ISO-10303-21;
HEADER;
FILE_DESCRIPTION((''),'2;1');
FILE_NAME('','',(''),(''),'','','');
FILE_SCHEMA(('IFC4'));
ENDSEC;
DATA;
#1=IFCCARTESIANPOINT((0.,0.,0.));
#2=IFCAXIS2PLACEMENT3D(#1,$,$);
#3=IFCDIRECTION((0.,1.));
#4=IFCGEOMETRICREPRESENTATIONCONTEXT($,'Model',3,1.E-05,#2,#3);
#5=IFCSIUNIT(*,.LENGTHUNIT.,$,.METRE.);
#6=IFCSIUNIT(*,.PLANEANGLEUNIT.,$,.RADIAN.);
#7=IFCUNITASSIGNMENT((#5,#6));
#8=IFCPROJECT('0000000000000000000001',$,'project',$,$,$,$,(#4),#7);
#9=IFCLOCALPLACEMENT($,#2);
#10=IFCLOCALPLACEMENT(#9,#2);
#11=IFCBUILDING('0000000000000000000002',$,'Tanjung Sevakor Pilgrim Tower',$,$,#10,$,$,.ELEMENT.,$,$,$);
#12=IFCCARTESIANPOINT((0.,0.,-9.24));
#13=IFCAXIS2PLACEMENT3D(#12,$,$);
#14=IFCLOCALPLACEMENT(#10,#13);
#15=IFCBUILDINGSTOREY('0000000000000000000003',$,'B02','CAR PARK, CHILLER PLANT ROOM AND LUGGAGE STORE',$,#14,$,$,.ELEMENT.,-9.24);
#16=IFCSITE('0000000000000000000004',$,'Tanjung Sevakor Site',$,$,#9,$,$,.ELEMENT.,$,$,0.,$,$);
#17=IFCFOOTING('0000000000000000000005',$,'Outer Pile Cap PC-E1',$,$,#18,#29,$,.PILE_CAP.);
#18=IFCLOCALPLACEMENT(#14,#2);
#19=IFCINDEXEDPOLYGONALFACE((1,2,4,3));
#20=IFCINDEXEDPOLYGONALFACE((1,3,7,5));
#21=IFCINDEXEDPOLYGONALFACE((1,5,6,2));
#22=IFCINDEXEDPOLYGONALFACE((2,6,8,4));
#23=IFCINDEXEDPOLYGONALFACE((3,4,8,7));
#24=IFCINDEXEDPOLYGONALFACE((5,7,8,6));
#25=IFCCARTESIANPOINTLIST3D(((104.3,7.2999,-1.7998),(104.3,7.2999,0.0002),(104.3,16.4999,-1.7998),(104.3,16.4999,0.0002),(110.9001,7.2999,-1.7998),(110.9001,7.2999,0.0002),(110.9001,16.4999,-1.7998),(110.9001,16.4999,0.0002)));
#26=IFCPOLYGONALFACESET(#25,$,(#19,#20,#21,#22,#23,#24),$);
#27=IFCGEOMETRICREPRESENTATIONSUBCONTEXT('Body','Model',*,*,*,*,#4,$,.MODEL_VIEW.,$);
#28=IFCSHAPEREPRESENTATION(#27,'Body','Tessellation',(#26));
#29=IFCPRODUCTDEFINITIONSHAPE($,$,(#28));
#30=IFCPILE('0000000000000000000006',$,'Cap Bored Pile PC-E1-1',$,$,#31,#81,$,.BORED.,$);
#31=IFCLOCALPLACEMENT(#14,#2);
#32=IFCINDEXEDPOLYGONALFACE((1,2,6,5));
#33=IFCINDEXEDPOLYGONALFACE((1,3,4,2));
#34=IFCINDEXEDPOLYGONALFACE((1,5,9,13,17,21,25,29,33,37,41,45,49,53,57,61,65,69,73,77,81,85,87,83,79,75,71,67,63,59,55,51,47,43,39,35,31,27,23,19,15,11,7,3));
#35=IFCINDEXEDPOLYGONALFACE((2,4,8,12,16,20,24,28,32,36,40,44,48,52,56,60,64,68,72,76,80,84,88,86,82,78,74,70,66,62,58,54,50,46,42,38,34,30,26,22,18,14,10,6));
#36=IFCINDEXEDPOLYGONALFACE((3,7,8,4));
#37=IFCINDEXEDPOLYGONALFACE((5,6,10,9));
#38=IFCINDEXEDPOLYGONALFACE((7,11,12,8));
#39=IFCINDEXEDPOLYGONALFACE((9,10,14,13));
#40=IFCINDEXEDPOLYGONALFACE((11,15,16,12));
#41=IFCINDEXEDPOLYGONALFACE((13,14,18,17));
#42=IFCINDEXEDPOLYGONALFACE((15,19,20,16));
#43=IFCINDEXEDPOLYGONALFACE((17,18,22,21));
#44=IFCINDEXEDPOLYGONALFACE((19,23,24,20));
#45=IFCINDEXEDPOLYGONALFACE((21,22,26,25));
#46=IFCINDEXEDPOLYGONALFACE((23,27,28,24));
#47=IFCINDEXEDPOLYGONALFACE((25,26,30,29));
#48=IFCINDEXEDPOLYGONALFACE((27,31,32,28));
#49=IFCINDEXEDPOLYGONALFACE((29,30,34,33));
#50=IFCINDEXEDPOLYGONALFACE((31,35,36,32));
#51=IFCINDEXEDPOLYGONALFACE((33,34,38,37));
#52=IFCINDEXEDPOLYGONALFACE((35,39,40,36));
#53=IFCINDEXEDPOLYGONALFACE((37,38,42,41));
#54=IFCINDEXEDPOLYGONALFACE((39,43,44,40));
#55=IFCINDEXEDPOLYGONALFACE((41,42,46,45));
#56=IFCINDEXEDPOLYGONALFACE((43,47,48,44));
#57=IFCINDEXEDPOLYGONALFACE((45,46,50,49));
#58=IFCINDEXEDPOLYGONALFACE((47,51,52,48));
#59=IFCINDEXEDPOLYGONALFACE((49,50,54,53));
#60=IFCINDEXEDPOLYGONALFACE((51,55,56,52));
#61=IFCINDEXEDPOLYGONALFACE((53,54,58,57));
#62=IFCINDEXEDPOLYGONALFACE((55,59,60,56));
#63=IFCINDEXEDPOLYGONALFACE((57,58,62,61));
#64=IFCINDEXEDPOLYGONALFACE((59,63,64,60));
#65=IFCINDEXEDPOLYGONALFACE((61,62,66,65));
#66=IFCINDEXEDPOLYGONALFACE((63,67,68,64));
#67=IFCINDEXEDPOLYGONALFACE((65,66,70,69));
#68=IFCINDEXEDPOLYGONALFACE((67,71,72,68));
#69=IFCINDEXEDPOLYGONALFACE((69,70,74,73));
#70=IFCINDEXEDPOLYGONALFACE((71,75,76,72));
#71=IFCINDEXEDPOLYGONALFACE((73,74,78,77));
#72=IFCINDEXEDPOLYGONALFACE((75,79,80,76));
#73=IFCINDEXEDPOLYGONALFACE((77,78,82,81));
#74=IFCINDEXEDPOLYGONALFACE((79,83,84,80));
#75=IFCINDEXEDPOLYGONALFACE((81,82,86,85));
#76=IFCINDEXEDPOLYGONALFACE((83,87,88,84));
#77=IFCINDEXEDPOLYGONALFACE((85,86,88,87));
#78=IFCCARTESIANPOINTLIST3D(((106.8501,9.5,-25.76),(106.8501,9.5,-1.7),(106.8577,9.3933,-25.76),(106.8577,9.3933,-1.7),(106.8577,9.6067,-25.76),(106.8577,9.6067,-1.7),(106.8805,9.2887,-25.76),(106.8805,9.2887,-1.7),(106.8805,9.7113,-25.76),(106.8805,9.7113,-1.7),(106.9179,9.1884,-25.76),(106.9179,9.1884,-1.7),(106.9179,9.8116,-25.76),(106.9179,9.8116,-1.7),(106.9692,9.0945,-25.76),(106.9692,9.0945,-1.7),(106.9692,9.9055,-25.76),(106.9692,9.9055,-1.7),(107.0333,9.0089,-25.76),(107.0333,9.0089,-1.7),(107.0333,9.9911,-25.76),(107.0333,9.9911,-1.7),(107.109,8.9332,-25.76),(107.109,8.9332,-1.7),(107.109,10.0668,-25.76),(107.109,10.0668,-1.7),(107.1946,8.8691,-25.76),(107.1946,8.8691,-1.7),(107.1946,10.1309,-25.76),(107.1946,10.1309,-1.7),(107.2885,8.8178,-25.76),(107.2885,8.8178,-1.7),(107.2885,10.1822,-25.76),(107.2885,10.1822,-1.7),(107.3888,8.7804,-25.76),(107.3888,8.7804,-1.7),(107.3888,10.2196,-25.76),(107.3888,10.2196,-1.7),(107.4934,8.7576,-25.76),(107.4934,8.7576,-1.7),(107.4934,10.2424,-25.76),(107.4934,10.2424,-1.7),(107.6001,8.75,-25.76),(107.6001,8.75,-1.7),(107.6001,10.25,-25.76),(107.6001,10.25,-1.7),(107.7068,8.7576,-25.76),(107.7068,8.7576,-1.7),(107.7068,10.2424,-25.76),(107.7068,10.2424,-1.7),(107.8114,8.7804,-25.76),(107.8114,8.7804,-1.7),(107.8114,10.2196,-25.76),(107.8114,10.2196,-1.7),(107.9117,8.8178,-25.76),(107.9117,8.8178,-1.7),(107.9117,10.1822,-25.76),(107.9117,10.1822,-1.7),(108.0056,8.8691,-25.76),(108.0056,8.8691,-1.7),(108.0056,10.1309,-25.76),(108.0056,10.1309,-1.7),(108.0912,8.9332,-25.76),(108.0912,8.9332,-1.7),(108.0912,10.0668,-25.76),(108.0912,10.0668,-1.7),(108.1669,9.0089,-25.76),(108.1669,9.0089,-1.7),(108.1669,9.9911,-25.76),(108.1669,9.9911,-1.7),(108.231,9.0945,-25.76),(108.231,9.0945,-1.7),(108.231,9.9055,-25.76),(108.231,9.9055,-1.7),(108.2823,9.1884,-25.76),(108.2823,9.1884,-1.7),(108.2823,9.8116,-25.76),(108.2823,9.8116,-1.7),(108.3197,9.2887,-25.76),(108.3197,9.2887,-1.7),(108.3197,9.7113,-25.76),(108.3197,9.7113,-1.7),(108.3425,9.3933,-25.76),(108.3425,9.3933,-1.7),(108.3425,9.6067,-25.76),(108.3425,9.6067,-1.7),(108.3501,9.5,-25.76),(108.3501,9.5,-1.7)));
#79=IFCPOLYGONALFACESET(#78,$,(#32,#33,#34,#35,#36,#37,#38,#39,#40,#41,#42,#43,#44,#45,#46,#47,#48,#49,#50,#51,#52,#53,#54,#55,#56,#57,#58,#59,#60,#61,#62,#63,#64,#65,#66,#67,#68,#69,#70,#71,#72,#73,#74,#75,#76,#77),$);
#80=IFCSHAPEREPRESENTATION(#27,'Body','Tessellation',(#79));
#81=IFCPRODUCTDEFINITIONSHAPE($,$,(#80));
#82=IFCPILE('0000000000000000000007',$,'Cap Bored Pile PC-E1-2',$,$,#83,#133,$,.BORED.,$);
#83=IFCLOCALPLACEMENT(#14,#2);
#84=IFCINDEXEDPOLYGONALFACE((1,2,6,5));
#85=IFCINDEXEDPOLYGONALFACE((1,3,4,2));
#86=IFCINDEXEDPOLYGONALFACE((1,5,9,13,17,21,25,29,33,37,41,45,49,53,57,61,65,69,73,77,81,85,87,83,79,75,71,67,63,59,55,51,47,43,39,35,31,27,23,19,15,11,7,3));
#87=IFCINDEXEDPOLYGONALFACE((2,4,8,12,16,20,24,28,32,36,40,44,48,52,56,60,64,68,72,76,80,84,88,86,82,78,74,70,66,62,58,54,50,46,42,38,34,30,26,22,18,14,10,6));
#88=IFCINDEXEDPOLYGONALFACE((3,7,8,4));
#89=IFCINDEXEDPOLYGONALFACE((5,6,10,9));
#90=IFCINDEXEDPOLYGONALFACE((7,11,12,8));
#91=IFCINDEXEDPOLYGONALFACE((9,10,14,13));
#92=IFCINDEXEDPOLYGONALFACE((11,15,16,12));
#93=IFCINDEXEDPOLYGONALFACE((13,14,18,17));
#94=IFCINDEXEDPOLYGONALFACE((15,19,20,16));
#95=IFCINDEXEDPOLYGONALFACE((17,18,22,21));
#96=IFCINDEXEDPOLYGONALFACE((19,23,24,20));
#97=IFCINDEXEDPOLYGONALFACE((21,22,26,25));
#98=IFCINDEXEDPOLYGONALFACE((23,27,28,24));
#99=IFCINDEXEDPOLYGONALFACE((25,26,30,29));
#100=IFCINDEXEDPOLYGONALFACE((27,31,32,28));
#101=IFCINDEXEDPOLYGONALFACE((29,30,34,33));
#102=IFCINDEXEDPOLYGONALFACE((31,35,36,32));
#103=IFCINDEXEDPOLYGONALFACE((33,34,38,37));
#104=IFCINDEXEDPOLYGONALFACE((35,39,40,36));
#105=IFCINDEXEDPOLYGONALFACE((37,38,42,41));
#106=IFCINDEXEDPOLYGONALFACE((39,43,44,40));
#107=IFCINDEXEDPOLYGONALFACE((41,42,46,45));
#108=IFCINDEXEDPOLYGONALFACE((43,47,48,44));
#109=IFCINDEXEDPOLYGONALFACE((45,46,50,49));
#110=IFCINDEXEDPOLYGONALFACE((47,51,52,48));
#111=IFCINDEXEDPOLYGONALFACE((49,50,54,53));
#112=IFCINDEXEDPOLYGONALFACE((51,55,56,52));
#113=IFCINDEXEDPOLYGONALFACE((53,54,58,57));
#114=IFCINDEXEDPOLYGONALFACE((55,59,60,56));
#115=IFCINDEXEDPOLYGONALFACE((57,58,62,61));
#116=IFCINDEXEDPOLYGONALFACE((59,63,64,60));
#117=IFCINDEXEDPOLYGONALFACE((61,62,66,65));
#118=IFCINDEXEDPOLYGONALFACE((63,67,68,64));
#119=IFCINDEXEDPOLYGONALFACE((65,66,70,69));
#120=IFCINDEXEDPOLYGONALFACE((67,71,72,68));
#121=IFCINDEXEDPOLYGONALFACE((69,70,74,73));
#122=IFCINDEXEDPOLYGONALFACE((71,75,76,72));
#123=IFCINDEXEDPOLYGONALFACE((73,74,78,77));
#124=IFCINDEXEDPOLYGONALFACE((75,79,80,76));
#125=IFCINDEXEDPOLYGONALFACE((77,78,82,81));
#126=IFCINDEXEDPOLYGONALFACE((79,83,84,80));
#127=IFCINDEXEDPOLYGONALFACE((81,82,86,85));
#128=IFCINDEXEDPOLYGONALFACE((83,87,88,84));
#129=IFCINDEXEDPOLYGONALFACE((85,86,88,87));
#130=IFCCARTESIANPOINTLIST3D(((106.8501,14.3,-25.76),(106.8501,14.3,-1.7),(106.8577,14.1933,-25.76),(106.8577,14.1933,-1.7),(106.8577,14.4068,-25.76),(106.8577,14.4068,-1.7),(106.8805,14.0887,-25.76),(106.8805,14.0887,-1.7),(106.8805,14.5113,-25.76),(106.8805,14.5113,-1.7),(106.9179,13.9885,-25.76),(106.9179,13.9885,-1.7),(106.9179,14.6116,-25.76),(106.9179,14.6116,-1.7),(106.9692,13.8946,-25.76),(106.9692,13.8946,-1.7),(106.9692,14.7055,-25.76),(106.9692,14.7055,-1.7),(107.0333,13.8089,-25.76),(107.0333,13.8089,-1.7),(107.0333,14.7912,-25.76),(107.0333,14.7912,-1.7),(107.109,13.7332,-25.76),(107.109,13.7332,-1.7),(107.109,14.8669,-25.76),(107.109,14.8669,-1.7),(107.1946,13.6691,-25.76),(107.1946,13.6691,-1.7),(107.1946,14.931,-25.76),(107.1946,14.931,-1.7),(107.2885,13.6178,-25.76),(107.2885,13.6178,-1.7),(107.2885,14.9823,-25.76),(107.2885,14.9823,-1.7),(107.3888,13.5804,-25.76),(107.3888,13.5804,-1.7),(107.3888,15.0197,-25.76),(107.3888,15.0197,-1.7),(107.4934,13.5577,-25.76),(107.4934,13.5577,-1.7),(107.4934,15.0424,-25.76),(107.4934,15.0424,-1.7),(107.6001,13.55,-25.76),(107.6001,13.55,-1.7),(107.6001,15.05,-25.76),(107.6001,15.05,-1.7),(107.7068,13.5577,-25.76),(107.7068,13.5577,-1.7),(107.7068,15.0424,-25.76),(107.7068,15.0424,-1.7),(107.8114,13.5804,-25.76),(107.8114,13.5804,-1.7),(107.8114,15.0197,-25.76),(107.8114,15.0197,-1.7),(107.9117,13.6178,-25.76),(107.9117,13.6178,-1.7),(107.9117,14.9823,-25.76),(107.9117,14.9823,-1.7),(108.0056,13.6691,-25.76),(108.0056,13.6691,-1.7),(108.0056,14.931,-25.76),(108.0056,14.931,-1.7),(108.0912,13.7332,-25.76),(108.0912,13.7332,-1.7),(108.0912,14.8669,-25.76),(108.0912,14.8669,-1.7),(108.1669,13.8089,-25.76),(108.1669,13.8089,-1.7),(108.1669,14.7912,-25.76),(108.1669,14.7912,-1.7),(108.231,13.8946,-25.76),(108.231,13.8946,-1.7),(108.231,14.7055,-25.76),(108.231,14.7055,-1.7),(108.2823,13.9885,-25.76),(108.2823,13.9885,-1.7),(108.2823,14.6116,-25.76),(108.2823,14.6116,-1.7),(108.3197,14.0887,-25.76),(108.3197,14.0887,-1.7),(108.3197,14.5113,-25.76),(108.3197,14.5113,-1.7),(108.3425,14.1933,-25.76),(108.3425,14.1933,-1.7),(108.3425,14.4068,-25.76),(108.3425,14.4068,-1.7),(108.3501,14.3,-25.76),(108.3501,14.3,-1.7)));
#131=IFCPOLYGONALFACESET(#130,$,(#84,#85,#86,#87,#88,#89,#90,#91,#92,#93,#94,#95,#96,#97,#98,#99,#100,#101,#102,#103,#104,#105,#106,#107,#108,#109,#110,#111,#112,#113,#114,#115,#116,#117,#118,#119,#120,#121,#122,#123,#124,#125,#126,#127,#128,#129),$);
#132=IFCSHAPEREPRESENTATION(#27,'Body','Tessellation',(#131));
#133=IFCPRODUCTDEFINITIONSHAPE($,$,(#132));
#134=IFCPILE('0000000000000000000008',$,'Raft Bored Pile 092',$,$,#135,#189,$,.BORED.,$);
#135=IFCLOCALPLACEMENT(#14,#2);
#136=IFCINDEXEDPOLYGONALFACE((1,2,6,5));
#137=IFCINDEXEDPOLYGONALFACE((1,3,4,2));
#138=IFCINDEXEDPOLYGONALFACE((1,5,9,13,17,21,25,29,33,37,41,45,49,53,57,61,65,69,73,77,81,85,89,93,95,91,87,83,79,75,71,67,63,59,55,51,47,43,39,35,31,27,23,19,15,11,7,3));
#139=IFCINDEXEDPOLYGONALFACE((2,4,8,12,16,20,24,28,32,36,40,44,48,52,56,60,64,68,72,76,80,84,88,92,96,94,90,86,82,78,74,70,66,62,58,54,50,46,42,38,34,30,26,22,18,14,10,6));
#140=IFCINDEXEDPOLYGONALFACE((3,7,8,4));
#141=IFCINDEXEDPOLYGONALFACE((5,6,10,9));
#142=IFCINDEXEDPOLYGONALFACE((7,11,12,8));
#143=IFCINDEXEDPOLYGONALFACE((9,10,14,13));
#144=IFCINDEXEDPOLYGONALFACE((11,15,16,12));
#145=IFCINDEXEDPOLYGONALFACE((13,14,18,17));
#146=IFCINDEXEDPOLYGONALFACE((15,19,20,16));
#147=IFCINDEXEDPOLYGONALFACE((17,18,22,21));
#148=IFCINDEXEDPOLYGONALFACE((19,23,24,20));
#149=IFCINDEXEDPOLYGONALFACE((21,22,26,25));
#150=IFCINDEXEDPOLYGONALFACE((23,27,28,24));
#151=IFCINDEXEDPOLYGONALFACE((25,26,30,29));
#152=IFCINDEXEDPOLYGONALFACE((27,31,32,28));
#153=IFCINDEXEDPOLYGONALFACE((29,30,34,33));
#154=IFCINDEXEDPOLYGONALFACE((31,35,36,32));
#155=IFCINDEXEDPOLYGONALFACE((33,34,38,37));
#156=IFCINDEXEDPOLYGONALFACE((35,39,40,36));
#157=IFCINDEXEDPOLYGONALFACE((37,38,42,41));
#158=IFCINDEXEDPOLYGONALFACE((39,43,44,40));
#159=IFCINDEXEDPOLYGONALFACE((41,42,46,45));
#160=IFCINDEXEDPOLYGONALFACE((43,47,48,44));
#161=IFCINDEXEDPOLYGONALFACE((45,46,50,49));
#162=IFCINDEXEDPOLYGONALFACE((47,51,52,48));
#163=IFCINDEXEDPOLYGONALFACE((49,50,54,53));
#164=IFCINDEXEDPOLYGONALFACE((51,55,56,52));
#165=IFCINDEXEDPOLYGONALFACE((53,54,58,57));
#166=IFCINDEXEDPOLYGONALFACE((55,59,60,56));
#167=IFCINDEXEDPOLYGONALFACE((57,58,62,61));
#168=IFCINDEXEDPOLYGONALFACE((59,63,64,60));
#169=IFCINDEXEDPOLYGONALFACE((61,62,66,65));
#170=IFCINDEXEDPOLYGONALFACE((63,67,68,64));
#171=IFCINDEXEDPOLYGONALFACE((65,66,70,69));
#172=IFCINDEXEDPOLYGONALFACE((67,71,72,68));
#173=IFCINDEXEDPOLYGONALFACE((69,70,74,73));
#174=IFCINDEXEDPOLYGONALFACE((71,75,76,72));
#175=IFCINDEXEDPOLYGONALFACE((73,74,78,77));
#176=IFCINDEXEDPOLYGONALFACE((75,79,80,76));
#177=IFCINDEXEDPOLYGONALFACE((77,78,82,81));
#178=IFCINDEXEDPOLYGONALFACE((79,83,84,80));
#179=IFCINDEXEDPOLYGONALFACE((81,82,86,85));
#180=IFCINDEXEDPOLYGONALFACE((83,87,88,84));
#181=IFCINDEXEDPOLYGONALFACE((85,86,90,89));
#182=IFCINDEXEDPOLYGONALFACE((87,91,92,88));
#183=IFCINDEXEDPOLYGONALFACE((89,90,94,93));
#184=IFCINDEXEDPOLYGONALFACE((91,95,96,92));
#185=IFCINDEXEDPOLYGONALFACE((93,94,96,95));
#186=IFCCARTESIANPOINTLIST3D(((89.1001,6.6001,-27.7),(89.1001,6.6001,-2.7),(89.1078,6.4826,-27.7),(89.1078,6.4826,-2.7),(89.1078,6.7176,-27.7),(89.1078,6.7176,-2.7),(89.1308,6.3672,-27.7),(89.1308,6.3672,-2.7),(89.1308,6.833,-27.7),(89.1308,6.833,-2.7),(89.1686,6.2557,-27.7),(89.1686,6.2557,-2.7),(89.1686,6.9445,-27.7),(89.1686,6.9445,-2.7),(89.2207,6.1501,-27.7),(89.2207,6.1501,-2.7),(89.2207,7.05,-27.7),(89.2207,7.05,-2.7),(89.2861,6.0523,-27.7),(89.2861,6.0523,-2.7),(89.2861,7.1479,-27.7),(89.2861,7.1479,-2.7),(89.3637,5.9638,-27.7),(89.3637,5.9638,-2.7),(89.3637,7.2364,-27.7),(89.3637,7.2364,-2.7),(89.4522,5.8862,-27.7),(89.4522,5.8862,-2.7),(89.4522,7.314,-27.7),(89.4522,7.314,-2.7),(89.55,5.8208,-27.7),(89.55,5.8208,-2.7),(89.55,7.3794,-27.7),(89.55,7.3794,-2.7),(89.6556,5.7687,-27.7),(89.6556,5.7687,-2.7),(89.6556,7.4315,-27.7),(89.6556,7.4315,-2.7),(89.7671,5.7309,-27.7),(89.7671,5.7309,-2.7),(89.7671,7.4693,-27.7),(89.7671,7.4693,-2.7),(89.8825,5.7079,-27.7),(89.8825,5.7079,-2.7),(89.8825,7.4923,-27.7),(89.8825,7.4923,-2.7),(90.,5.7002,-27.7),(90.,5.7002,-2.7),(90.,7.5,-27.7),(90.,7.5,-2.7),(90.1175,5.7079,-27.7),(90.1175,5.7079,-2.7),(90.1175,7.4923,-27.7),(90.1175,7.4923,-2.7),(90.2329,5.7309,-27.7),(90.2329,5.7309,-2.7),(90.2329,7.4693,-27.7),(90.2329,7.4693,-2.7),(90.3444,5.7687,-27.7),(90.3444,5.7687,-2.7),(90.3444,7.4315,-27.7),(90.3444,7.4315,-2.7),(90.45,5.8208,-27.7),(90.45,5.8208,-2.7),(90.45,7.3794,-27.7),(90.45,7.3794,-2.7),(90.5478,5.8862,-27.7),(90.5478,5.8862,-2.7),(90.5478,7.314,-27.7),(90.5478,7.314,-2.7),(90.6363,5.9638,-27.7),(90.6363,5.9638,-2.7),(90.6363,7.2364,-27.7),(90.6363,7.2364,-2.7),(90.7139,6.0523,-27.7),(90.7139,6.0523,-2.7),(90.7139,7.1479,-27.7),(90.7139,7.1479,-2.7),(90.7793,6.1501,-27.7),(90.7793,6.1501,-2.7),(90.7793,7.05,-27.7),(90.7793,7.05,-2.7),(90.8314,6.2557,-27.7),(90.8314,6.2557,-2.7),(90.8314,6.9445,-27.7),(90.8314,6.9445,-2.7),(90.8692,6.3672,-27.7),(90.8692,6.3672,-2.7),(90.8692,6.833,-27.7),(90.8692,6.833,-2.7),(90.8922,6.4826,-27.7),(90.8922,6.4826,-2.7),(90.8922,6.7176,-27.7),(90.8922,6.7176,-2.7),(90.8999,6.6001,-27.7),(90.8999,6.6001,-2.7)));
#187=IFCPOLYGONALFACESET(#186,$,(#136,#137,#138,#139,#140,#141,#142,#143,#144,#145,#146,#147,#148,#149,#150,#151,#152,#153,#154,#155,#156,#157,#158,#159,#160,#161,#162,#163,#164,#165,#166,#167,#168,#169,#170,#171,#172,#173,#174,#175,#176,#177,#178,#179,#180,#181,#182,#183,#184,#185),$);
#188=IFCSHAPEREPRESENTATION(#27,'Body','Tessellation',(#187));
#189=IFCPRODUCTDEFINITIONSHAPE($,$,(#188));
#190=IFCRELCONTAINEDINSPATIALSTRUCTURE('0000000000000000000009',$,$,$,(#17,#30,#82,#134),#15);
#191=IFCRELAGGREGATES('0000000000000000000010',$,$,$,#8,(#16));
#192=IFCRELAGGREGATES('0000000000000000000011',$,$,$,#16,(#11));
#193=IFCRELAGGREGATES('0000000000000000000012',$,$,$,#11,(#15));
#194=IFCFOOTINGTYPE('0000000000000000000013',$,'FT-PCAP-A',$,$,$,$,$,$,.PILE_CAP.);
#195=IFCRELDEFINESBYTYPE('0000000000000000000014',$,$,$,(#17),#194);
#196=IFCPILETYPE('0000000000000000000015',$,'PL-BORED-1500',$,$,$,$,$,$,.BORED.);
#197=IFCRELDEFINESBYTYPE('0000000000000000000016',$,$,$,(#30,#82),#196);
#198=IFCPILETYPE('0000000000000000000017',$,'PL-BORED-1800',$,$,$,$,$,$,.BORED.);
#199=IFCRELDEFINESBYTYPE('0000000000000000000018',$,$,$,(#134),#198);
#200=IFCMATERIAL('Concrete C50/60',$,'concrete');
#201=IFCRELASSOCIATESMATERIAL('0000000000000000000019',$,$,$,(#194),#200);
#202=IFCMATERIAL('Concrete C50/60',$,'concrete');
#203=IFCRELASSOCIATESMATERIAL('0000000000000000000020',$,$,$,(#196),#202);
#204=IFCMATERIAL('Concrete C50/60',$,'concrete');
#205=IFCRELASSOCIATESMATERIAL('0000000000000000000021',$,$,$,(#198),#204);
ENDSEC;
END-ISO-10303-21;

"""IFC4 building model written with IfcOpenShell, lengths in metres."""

from ifc_helpers import new_model, si_unit, direction, frame, origin, origin_2d, place, context, subcontext, project, spatial, rectangle, circle, extrude, material, material_profile, profile_set, type_object, element, save


model = new_model("IFC4")

# Units and contexts
model_context = context("Model", 3, precision=1e-05, world=origin(), true_north=direction((0.0, 1.0)))
body_context = subcontext(model_context, "Body", "Model", "MODEL_VIEW")
ifc_project = project(units=[si_unit("LENGTHUNIT", "METRE"), si_unit("PLANEANGLEUNIT", "RADIAN")], contexts=[model_context])

# Site, building, storey
site_placement = place(None, origin())
site = spatial("IfcSite", under=ifc_project, at=site_placement, Name="Tanjung Sevakor Site", CompositionType="ELEMENT", RefElevation=0.0)
building_placement = place(site_placement, origin())
building = spatial("IfcBuilding", under=site, at=building_placement, Name="Tanjung Sevakor Pilgrim Tower", CompositionType="ELEMENT")
storey_placement = place(building_placement, frame((0.0, 0.0, -9.24)))
storey = spatial("IfcBuildingStorey", under=building, at=storey_placement, Name="B02", Description="CAR PARK, CHILLER PLANT ROOM AND LUGGAGE STORE", CompositionType="ELEMENT", Elevation=-9.24)

# Footing
ifc_material_1 = material(Name="Concrete C50/60", Category="concrete")
footing_type = type_object("IfcFootingType", Name="FT-PCAP-A", PredefinedType="PILE_CAP", material=ifc_material_1)
footing_placement = place(storey_placement, frame((107.6001, 11.8999, -1.7998), z_axis=(0.0, 0.0, 1.0), x_axis=(1.0, 0.0, 0.0)))
element("IfcFooting", 1, at=footing_placement, inside=storey, type_object=footing_type, Name="Outer Pile Cap PC-E1", PredefinedType="PILE_CAP", context=body_context, shape_type="SweptSolid", body=[
    extrude(rectangle(XDim=6.6001, YDim=9.2, at=origin_2d()), origin(), (0.0, 0.0, 1.0), 1.8),
])

# Piles
ifc_material_2 = material(Name="Concrete C50/60", Category="concrete")
ifc_material_profile_1 = material_profile(ifc_material_2, circle(Radius=0.75, at=origin_2d()))
ifc_profile_set_1 = profile_set([ifc_material_profile_1], Name="Concrete C50/60")
pile_type_1 = type_object("IfcPileType", Name="PL-BORED-1500", PredefinedType="BORED", material=ifc_profile_set_1)
for number, where, z_axis, x_axis, name in (
    (2, (107.6001, 9.5, -1.7), (0.0, 0.0, -1.0), (1.0, 0.0, 0.0), "Cap Bored Pile PC-E1-1"),
    (3, (107.6001, 14.3, -1.7), (0.0, 0.0, -1.0), (1.0, 0.0, 0.0), "Cap Bored Pile PC-E1-2"),
):
    element("IfcPile", number, at=place(storey_placement, frame(where, z_axis=z_axis, x_axis=x_axis)), inside=storey, type_object=pile_type_1, Name=name, PredefinedType="BORED", context=body_context, shape_type="SweptSolid", body=[
        extrude(circle(Radius=0.75, at=origin_2d()), origin(), (0.0, 0.0, 1.0), 24.0601),
    ])
ifc_material_3 = material(Name="Concrete C50/60", Category="concrete")
ifc_material_profile_2 = material_profile(ifc_material_3, circle(Radius=0.8999, at=origin_2d()))
ifc_profile_set_2 = profile_set([ifc_material_profile_2], Name="Concrete C50/60")
pile_type_2 = type_object("IfcPileType", Name="PL-BORED-1800", PredefinedType="BORED", material=ifc_profile_set_2)
for number, where, z_axis, x_axis, name in (
    (4, (90.0, 6.6001, -2.7), (0.0, 0.0, -1.0), (1.0, 0.0, 0.0), "Raft Bored Pile 092"),
):
    element("IfcPile", number, at=place(storey_placement, frame(where, z_axis=z_axis, x_axis=x_axis)), inside=storey, type_object=pile_type_2, Name=name, PredefinedType="BORED", context=body_context, shape_type="SweptSolid", body=[
        extrude(circle(Radius=0.8999, at=origin_2d()), origin(), (0.0, 0.0, 1.0), 25.0),
    ])

save(model, "model.ifc")
